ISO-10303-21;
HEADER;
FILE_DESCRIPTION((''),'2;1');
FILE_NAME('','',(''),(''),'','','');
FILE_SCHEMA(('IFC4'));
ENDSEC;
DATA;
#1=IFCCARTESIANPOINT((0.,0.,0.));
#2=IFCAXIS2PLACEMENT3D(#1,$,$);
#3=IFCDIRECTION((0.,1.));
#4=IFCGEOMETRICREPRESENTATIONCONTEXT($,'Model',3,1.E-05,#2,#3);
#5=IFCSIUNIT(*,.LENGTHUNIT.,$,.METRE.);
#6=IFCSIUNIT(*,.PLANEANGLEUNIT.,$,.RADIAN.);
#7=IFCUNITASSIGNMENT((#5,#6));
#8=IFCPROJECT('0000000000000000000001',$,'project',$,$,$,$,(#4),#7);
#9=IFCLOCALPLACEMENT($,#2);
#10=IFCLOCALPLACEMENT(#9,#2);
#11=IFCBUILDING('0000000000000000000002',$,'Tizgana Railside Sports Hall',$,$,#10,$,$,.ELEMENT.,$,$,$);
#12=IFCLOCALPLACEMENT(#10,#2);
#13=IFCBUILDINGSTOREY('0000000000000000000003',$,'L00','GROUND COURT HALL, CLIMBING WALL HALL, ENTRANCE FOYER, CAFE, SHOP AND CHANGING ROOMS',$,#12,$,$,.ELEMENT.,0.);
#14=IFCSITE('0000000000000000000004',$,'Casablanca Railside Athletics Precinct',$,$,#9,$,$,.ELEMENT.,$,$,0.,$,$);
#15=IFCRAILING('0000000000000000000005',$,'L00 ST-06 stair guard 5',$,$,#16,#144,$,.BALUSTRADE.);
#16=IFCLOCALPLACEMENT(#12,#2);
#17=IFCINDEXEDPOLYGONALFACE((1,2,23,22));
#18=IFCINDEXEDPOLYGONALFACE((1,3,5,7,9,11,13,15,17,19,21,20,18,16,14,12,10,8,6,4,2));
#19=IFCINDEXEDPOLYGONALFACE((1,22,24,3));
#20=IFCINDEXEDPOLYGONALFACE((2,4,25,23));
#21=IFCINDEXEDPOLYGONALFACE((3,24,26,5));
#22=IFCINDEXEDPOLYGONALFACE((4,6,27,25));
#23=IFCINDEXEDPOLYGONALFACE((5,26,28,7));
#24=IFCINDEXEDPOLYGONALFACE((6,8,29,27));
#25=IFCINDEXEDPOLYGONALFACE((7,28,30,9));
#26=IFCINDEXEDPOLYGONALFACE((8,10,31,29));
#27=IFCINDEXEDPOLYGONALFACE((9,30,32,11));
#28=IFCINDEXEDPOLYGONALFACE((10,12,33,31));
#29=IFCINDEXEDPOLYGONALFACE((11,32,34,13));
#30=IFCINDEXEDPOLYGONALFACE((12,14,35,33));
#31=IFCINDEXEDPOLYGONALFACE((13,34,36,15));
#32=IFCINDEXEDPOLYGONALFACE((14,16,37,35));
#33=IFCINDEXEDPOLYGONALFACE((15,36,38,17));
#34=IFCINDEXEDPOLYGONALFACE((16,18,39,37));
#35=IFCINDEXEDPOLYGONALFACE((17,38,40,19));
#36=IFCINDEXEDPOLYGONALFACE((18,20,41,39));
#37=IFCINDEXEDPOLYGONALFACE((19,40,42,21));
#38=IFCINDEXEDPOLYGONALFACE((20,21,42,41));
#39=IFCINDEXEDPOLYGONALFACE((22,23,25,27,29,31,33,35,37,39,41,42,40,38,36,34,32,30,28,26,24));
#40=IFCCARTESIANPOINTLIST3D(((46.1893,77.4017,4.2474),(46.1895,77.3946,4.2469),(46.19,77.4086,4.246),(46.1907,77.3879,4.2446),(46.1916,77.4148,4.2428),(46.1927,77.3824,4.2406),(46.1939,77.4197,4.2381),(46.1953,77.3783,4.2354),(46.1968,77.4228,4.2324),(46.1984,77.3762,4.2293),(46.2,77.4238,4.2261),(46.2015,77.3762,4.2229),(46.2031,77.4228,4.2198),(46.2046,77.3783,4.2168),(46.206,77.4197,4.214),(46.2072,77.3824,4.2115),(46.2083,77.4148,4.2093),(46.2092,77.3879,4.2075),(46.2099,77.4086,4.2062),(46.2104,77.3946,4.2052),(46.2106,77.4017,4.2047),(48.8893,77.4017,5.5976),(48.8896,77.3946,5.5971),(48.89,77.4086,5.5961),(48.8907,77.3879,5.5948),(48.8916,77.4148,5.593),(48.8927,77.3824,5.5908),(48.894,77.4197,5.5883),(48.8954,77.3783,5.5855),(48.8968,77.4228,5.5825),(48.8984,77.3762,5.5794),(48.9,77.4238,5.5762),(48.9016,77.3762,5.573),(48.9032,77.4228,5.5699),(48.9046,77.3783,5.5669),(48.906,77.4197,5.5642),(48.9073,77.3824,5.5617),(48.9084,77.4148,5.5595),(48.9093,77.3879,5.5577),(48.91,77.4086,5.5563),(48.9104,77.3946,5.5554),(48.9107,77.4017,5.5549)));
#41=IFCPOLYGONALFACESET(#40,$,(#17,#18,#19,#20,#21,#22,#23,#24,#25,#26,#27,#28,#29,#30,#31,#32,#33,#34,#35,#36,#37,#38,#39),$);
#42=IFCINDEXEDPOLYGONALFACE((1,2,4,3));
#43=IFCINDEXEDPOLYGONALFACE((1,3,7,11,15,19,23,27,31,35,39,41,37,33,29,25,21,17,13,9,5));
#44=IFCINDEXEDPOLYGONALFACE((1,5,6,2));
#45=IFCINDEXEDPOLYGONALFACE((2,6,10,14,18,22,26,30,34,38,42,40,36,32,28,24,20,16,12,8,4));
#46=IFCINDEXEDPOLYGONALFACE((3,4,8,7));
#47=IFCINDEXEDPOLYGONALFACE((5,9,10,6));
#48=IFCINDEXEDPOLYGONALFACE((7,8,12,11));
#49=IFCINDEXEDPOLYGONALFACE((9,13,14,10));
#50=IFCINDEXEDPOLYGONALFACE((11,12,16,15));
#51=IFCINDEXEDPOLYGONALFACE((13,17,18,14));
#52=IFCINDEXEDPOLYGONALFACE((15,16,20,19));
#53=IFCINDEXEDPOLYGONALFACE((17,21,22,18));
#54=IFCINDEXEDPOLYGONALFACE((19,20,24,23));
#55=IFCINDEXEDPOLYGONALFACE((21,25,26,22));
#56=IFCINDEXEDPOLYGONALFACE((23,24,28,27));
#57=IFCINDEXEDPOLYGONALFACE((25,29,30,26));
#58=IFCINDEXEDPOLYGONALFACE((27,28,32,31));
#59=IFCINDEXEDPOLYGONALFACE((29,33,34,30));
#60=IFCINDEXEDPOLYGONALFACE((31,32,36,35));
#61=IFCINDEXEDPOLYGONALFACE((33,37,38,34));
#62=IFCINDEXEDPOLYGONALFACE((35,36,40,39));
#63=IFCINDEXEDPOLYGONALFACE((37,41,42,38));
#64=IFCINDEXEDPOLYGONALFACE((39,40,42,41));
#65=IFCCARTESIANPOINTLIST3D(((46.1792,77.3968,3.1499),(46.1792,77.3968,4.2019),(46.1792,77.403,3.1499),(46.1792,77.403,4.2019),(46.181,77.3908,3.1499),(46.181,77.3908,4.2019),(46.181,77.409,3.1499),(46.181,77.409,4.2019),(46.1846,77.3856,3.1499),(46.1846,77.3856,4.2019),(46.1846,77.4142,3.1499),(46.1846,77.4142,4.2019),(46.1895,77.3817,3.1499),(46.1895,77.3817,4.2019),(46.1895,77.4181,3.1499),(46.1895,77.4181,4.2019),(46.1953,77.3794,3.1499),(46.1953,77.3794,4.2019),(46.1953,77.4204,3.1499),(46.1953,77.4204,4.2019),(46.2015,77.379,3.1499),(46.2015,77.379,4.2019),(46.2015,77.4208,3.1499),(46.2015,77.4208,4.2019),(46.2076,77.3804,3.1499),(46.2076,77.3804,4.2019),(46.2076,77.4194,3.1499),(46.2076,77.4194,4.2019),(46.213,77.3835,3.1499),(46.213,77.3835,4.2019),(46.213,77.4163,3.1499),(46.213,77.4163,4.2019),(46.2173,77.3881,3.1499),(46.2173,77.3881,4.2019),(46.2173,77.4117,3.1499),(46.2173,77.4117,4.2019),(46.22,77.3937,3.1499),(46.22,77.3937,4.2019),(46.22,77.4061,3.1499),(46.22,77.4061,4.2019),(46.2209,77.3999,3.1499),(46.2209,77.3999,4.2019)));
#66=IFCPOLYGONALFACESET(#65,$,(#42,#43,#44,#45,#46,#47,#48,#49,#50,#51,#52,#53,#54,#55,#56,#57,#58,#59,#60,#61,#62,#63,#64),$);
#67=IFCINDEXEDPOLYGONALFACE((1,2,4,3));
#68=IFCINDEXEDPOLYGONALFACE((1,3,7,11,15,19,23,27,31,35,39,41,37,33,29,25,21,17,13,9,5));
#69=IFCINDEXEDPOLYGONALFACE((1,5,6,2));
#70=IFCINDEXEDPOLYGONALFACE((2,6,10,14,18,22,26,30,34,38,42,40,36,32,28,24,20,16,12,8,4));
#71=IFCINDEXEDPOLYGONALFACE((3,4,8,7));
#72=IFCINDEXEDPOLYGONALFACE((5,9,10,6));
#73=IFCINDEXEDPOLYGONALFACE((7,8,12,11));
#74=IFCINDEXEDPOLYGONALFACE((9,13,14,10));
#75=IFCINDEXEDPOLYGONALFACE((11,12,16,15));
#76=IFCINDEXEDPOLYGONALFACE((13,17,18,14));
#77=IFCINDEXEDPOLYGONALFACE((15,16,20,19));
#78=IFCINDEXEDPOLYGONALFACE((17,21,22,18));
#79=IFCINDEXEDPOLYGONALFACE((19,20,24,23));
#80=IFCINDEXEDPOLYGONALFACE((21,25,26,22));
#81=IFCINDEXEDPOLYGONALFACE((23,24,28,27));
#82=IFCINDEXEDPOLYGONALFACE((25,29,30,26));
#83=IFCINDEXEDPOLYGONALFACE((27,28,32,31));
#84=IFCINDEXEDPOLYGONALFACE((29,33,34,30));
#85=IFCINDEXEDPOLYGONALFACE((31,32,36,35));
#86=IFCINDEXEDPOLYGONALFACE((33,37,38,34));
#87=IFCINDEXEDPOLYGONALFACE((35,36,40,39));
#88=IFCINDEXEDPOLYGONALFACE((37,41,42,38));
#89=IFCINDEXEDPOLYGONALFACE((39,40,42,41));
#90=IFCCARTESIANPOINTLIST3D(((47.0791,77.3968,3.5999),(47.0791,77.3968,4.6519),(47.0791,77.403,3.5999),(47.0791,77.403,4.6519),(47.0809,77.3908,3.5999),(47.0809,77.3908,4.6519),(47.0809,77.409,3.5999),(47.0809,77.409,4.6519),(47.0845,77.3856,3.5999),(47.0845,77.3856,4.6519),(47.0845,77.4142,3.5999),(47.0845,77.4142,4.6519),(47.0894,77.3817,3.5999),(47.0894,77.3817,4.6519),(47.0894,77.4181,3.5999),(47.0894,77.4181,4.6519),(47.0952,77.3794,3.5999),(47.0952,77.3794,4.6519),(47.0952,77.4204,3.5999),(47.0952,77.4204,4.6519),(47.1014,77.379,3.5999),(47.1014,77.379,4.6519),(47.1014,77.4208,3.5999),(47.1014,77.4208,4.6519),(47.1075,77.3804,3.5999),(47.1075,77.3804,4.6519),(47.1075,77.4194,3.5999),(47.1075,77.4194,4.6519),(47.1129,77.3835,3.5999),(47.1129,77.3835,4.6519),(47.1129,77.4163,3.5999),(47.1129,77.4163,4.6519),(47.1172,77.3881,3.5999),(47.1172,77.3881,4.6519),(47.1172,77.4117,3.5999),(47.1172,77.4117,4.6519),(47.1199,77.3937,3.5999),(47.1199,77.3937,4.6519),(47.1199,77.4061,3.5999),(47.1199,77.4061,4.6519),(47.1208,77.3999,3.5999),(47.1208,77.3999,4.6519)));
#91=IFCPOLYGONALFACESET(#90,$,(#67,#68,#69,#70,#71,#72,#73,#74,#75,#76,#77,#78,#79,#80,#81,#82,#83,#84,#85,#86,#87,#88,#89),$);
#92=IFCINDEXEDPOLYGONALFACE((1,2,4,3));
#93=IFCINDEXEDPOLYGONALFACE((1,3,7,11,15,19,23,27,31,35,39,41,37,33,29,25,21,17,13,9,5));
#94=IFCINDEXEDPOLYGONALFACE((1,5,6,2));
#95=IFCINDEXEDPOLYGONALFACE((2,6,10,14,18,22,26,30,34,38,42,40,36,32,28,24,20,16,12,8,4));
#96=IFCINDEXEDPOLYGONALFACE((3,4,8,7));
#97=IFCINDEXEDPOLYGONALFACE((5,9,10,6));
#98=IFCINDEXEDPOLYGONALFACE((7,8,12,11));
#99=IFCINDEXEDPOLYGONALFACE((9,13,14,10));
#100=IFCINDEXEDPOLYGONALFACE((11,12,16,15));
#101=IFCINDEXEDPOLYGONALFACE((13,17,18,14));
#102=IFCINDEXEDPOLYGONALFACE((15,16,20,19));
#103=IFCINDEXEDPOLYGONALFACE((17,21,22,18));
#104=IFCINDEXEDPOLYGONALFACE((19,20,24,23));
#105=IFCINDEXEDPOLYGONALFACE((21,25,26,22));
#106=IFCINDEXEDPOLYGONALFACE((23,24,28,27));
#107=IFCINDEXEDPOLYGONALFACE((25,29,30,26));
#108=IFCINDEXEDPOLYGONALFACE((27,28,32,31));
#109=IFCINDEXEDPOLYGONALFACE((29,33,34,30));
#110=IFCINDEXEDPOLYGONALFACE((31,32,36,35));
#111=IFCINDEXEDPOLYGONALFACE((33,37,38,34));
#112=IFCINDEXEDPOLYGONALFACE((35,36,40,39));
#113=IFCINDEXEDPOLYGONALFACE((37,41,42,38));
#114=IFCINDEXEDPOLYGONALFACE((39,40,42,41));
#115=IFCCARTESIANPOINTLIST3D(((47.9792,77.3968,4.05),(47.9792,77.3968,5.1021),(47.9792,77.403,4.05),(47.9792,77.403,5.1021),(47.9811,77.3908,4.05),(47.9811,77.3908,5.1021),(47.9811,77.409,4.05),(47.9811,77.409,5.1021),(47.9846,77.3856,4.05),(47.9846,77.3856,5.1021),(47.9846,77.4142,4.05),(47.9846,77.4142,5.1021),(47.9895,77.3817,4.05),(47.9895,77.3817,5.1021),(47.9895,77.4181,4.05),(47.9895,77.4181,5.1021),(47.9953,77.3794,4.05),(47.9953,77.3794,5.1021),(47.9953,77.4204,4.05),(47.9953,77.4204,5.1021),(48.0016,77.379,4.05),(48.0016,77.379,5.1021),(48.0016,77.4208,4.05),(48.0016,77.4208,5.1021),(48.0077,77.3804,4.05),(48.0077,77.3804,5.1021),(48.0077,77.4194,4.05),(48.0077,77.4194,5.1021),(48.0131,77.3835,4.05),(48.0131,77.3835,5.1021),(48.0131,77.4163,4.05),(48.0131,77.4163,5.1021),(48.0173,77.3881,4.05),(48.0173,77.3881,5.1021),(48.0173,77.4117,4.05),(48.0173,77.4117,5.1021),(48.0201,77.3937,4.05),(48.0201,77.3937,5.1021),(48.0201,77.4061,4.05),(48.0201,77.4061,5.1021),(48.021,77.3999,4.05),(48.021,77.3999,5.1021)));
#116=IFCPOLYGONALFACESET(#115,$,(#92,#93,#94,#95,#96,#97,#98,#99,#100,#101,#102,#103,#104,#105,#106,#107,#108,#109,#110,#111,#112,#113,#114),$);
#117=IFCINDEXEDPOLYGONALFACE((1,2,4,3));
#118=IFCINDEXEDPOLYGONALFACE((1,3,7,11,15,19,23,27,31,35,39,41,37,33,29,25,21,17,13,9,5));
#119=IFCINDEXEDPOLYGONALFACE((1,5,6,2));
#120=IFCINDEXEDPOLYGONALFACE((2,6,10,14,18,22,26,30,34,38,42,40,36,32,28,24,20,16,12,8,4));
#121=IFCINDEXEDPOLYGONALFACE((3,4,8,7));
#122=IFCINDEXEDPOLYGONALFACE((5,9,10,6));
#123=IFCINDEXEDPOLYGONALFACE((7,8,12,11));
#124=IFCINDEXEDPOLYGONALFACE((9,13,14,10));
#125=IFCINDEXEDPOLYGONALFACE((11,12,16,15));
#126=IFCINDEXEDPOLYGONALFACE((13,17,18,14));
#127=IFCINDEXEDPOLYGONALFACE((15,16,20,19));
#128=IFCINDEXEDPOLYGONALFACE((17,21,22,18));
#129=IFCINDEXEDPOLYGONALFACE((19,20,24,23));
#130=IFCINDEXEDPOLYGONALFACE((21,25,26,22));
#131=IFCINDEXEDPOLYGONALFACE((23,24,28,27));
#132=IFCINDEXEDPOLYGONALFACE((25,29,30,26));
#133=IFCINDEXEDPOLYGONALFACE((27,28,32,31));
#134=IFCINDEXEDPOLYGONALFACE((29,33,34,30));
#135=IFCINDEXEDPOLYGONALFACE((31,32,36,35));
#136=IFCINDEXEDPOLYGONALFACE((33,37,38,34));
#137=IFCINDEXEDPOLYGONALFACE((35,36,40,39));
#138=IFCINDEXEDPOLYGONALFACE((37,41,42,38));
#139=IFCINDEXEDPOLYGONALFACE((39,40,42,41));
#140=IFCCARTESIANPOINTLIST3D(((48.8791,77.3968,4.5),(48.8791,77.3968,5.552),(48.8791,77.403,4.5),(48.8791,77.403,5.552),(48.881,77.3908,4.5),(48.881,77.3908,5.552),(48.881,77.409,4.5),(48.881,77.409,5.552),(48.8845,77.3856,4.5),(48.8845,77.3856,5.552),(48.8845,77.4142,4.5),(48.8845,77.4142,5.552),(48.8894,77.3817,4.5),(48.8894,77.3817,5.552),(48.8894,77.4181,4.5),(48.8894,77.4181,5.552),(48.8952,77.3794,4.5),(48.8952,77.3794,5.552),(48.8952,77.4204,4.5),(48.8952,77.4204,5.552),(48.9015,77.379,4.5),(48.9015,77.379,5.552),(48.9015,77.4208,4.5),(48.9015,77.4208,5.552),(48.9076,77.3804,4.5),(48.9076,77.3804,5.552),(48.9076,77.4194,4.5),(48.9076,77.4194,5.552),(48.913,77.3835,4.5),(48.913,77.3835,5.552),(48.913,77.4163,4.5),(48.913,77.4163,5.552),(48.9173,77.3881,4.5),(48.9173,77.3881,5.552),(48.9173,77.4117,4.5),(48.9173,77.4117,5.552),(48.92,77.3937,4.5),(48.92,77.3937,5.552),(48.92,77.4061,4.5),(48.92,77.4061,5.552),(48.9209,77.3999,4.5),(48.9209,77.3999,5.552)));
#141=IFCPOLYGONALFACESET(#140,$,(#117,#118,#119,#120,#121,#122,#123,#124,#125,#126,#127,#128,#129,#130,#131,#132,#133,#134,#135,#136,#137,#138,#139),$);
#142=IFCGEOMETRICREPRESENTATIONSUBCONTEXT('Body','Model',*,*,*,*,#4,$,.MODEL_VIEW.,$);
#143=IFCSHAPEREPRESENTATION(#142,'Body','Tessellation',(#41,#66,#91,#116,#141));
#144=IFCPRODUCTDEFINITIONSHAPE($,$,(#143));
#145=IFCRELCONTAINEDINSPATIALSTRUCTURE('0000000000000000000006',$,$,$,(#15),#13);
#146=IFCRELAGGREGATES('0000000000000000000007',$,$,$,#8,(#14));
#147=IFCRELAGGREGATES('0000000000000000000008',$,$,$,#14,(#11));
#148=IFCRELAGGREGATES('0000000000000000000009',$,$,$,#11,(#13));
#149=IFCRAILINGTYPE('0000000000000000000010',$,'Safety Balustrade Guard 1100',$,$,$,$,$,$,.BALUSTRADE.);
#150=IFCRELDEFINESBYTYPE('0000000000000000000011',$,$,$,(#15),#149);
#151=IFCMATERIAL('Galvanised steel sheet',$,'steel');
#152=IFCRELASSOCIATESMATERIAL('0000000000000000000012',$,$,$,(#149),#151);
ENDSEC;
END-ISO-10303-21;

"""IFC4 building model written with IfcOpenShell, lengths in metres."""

from ifc_helpers import new_model, si_unit, direction, frame, origin, origin_2d, place, context, subcontext, project, spatial, circle, extrude, material, type_object, element, save


model = new_model("IFC4")

# Units and contexts
model_context = context("Model", 3, precision=1e-05, world=origin(), true_north=direction((0.0, 1.0)))
body_context = subcontext(model_context, "Body", "Model", "MODEL_VIEW")
ifc_project = project(units=[si_unit("LENGTHUNIT", "METRE"), si_unit("PLANEANGLEUNIT", "RADIAN")], contexts=[model_context])

# Site, building, storey
site_placement = place(None, origin())
site = spatial("IfcSite", under=ifc_project, at=site_placement, Name="Casablanca Railside Athletics Precinct", CompositionType="ELEMENT", RefElevation=0.0)
building_placement = place(site_placement, origin())
building = spatial("IfcBuilding", under=site, at=building_placement, Name="Tizgana Railside Sports Hall", CompositionType="ELEMENT")
storey_placement = place(building_placement, origin())
storey = spatial("IfcBuildingStorey", under=building, at=storey_placement, Name="L00", Description="GROUND COURT HALL, CLIMBING WALL HALL, ENTRANCE FOYER, CAFE, SHOP AND CHANGING ROOMS", CompositionType="ELEMENT", Elevation=0.0)

# Railing
ifc_material_1 = material(Name="Galvanised steel sheet", Category="steel")
railing_type_1 = type_object("IfcRailingType", Name="Safety Balustrade Guard 1100", PredefinedType="BALUSTRADE", material=ifc_material_1)
railing_1_placement = place(storey_placement, frame((46.2, 77.3999, 3.1499)))
element("IfcRailing", 1, at=railing_1_placement, inside=storey, type_object=railing_type_1, Name="L00 ST-06 stair guard 5", PredefinedType="BALUSTRADE", context=body_context, shape_type="SweptSolid", body=[
    extrude(circle(Radius=0.0239, at=origin_2d()), frame((0.0, 0.0, 1.0762), z_axis=(0.894411, 0.0, 0.447246), x_axis=(0.0, 1.0, 0.0)), (0.0, 0.0, 1.0), 3.0188),
    extrude(circle(Radius=0.021, at=origin_2d()), origin(), (0.0, 0.0, 1.0), 1.052),
    extrude(circle(Radius=0.021, at=origin_2d()), frame((0.8999, 0.0, 0.45)), (0.0, 0.0, 1.0), 1.052),
    extrude(circle(Radius=0.021, at=origin_2d()), frame((1.8, 0.0, 0.9001)), (0.0, 0.0, 1.0), 1.052),
    extrude(circle(Radius=0.021, at=origin_2d()), frame((2.7, 0.0, 1.3501)), (0.0, 0.0, 1.0), 1.052),
])

save(model, "model.ifc")
